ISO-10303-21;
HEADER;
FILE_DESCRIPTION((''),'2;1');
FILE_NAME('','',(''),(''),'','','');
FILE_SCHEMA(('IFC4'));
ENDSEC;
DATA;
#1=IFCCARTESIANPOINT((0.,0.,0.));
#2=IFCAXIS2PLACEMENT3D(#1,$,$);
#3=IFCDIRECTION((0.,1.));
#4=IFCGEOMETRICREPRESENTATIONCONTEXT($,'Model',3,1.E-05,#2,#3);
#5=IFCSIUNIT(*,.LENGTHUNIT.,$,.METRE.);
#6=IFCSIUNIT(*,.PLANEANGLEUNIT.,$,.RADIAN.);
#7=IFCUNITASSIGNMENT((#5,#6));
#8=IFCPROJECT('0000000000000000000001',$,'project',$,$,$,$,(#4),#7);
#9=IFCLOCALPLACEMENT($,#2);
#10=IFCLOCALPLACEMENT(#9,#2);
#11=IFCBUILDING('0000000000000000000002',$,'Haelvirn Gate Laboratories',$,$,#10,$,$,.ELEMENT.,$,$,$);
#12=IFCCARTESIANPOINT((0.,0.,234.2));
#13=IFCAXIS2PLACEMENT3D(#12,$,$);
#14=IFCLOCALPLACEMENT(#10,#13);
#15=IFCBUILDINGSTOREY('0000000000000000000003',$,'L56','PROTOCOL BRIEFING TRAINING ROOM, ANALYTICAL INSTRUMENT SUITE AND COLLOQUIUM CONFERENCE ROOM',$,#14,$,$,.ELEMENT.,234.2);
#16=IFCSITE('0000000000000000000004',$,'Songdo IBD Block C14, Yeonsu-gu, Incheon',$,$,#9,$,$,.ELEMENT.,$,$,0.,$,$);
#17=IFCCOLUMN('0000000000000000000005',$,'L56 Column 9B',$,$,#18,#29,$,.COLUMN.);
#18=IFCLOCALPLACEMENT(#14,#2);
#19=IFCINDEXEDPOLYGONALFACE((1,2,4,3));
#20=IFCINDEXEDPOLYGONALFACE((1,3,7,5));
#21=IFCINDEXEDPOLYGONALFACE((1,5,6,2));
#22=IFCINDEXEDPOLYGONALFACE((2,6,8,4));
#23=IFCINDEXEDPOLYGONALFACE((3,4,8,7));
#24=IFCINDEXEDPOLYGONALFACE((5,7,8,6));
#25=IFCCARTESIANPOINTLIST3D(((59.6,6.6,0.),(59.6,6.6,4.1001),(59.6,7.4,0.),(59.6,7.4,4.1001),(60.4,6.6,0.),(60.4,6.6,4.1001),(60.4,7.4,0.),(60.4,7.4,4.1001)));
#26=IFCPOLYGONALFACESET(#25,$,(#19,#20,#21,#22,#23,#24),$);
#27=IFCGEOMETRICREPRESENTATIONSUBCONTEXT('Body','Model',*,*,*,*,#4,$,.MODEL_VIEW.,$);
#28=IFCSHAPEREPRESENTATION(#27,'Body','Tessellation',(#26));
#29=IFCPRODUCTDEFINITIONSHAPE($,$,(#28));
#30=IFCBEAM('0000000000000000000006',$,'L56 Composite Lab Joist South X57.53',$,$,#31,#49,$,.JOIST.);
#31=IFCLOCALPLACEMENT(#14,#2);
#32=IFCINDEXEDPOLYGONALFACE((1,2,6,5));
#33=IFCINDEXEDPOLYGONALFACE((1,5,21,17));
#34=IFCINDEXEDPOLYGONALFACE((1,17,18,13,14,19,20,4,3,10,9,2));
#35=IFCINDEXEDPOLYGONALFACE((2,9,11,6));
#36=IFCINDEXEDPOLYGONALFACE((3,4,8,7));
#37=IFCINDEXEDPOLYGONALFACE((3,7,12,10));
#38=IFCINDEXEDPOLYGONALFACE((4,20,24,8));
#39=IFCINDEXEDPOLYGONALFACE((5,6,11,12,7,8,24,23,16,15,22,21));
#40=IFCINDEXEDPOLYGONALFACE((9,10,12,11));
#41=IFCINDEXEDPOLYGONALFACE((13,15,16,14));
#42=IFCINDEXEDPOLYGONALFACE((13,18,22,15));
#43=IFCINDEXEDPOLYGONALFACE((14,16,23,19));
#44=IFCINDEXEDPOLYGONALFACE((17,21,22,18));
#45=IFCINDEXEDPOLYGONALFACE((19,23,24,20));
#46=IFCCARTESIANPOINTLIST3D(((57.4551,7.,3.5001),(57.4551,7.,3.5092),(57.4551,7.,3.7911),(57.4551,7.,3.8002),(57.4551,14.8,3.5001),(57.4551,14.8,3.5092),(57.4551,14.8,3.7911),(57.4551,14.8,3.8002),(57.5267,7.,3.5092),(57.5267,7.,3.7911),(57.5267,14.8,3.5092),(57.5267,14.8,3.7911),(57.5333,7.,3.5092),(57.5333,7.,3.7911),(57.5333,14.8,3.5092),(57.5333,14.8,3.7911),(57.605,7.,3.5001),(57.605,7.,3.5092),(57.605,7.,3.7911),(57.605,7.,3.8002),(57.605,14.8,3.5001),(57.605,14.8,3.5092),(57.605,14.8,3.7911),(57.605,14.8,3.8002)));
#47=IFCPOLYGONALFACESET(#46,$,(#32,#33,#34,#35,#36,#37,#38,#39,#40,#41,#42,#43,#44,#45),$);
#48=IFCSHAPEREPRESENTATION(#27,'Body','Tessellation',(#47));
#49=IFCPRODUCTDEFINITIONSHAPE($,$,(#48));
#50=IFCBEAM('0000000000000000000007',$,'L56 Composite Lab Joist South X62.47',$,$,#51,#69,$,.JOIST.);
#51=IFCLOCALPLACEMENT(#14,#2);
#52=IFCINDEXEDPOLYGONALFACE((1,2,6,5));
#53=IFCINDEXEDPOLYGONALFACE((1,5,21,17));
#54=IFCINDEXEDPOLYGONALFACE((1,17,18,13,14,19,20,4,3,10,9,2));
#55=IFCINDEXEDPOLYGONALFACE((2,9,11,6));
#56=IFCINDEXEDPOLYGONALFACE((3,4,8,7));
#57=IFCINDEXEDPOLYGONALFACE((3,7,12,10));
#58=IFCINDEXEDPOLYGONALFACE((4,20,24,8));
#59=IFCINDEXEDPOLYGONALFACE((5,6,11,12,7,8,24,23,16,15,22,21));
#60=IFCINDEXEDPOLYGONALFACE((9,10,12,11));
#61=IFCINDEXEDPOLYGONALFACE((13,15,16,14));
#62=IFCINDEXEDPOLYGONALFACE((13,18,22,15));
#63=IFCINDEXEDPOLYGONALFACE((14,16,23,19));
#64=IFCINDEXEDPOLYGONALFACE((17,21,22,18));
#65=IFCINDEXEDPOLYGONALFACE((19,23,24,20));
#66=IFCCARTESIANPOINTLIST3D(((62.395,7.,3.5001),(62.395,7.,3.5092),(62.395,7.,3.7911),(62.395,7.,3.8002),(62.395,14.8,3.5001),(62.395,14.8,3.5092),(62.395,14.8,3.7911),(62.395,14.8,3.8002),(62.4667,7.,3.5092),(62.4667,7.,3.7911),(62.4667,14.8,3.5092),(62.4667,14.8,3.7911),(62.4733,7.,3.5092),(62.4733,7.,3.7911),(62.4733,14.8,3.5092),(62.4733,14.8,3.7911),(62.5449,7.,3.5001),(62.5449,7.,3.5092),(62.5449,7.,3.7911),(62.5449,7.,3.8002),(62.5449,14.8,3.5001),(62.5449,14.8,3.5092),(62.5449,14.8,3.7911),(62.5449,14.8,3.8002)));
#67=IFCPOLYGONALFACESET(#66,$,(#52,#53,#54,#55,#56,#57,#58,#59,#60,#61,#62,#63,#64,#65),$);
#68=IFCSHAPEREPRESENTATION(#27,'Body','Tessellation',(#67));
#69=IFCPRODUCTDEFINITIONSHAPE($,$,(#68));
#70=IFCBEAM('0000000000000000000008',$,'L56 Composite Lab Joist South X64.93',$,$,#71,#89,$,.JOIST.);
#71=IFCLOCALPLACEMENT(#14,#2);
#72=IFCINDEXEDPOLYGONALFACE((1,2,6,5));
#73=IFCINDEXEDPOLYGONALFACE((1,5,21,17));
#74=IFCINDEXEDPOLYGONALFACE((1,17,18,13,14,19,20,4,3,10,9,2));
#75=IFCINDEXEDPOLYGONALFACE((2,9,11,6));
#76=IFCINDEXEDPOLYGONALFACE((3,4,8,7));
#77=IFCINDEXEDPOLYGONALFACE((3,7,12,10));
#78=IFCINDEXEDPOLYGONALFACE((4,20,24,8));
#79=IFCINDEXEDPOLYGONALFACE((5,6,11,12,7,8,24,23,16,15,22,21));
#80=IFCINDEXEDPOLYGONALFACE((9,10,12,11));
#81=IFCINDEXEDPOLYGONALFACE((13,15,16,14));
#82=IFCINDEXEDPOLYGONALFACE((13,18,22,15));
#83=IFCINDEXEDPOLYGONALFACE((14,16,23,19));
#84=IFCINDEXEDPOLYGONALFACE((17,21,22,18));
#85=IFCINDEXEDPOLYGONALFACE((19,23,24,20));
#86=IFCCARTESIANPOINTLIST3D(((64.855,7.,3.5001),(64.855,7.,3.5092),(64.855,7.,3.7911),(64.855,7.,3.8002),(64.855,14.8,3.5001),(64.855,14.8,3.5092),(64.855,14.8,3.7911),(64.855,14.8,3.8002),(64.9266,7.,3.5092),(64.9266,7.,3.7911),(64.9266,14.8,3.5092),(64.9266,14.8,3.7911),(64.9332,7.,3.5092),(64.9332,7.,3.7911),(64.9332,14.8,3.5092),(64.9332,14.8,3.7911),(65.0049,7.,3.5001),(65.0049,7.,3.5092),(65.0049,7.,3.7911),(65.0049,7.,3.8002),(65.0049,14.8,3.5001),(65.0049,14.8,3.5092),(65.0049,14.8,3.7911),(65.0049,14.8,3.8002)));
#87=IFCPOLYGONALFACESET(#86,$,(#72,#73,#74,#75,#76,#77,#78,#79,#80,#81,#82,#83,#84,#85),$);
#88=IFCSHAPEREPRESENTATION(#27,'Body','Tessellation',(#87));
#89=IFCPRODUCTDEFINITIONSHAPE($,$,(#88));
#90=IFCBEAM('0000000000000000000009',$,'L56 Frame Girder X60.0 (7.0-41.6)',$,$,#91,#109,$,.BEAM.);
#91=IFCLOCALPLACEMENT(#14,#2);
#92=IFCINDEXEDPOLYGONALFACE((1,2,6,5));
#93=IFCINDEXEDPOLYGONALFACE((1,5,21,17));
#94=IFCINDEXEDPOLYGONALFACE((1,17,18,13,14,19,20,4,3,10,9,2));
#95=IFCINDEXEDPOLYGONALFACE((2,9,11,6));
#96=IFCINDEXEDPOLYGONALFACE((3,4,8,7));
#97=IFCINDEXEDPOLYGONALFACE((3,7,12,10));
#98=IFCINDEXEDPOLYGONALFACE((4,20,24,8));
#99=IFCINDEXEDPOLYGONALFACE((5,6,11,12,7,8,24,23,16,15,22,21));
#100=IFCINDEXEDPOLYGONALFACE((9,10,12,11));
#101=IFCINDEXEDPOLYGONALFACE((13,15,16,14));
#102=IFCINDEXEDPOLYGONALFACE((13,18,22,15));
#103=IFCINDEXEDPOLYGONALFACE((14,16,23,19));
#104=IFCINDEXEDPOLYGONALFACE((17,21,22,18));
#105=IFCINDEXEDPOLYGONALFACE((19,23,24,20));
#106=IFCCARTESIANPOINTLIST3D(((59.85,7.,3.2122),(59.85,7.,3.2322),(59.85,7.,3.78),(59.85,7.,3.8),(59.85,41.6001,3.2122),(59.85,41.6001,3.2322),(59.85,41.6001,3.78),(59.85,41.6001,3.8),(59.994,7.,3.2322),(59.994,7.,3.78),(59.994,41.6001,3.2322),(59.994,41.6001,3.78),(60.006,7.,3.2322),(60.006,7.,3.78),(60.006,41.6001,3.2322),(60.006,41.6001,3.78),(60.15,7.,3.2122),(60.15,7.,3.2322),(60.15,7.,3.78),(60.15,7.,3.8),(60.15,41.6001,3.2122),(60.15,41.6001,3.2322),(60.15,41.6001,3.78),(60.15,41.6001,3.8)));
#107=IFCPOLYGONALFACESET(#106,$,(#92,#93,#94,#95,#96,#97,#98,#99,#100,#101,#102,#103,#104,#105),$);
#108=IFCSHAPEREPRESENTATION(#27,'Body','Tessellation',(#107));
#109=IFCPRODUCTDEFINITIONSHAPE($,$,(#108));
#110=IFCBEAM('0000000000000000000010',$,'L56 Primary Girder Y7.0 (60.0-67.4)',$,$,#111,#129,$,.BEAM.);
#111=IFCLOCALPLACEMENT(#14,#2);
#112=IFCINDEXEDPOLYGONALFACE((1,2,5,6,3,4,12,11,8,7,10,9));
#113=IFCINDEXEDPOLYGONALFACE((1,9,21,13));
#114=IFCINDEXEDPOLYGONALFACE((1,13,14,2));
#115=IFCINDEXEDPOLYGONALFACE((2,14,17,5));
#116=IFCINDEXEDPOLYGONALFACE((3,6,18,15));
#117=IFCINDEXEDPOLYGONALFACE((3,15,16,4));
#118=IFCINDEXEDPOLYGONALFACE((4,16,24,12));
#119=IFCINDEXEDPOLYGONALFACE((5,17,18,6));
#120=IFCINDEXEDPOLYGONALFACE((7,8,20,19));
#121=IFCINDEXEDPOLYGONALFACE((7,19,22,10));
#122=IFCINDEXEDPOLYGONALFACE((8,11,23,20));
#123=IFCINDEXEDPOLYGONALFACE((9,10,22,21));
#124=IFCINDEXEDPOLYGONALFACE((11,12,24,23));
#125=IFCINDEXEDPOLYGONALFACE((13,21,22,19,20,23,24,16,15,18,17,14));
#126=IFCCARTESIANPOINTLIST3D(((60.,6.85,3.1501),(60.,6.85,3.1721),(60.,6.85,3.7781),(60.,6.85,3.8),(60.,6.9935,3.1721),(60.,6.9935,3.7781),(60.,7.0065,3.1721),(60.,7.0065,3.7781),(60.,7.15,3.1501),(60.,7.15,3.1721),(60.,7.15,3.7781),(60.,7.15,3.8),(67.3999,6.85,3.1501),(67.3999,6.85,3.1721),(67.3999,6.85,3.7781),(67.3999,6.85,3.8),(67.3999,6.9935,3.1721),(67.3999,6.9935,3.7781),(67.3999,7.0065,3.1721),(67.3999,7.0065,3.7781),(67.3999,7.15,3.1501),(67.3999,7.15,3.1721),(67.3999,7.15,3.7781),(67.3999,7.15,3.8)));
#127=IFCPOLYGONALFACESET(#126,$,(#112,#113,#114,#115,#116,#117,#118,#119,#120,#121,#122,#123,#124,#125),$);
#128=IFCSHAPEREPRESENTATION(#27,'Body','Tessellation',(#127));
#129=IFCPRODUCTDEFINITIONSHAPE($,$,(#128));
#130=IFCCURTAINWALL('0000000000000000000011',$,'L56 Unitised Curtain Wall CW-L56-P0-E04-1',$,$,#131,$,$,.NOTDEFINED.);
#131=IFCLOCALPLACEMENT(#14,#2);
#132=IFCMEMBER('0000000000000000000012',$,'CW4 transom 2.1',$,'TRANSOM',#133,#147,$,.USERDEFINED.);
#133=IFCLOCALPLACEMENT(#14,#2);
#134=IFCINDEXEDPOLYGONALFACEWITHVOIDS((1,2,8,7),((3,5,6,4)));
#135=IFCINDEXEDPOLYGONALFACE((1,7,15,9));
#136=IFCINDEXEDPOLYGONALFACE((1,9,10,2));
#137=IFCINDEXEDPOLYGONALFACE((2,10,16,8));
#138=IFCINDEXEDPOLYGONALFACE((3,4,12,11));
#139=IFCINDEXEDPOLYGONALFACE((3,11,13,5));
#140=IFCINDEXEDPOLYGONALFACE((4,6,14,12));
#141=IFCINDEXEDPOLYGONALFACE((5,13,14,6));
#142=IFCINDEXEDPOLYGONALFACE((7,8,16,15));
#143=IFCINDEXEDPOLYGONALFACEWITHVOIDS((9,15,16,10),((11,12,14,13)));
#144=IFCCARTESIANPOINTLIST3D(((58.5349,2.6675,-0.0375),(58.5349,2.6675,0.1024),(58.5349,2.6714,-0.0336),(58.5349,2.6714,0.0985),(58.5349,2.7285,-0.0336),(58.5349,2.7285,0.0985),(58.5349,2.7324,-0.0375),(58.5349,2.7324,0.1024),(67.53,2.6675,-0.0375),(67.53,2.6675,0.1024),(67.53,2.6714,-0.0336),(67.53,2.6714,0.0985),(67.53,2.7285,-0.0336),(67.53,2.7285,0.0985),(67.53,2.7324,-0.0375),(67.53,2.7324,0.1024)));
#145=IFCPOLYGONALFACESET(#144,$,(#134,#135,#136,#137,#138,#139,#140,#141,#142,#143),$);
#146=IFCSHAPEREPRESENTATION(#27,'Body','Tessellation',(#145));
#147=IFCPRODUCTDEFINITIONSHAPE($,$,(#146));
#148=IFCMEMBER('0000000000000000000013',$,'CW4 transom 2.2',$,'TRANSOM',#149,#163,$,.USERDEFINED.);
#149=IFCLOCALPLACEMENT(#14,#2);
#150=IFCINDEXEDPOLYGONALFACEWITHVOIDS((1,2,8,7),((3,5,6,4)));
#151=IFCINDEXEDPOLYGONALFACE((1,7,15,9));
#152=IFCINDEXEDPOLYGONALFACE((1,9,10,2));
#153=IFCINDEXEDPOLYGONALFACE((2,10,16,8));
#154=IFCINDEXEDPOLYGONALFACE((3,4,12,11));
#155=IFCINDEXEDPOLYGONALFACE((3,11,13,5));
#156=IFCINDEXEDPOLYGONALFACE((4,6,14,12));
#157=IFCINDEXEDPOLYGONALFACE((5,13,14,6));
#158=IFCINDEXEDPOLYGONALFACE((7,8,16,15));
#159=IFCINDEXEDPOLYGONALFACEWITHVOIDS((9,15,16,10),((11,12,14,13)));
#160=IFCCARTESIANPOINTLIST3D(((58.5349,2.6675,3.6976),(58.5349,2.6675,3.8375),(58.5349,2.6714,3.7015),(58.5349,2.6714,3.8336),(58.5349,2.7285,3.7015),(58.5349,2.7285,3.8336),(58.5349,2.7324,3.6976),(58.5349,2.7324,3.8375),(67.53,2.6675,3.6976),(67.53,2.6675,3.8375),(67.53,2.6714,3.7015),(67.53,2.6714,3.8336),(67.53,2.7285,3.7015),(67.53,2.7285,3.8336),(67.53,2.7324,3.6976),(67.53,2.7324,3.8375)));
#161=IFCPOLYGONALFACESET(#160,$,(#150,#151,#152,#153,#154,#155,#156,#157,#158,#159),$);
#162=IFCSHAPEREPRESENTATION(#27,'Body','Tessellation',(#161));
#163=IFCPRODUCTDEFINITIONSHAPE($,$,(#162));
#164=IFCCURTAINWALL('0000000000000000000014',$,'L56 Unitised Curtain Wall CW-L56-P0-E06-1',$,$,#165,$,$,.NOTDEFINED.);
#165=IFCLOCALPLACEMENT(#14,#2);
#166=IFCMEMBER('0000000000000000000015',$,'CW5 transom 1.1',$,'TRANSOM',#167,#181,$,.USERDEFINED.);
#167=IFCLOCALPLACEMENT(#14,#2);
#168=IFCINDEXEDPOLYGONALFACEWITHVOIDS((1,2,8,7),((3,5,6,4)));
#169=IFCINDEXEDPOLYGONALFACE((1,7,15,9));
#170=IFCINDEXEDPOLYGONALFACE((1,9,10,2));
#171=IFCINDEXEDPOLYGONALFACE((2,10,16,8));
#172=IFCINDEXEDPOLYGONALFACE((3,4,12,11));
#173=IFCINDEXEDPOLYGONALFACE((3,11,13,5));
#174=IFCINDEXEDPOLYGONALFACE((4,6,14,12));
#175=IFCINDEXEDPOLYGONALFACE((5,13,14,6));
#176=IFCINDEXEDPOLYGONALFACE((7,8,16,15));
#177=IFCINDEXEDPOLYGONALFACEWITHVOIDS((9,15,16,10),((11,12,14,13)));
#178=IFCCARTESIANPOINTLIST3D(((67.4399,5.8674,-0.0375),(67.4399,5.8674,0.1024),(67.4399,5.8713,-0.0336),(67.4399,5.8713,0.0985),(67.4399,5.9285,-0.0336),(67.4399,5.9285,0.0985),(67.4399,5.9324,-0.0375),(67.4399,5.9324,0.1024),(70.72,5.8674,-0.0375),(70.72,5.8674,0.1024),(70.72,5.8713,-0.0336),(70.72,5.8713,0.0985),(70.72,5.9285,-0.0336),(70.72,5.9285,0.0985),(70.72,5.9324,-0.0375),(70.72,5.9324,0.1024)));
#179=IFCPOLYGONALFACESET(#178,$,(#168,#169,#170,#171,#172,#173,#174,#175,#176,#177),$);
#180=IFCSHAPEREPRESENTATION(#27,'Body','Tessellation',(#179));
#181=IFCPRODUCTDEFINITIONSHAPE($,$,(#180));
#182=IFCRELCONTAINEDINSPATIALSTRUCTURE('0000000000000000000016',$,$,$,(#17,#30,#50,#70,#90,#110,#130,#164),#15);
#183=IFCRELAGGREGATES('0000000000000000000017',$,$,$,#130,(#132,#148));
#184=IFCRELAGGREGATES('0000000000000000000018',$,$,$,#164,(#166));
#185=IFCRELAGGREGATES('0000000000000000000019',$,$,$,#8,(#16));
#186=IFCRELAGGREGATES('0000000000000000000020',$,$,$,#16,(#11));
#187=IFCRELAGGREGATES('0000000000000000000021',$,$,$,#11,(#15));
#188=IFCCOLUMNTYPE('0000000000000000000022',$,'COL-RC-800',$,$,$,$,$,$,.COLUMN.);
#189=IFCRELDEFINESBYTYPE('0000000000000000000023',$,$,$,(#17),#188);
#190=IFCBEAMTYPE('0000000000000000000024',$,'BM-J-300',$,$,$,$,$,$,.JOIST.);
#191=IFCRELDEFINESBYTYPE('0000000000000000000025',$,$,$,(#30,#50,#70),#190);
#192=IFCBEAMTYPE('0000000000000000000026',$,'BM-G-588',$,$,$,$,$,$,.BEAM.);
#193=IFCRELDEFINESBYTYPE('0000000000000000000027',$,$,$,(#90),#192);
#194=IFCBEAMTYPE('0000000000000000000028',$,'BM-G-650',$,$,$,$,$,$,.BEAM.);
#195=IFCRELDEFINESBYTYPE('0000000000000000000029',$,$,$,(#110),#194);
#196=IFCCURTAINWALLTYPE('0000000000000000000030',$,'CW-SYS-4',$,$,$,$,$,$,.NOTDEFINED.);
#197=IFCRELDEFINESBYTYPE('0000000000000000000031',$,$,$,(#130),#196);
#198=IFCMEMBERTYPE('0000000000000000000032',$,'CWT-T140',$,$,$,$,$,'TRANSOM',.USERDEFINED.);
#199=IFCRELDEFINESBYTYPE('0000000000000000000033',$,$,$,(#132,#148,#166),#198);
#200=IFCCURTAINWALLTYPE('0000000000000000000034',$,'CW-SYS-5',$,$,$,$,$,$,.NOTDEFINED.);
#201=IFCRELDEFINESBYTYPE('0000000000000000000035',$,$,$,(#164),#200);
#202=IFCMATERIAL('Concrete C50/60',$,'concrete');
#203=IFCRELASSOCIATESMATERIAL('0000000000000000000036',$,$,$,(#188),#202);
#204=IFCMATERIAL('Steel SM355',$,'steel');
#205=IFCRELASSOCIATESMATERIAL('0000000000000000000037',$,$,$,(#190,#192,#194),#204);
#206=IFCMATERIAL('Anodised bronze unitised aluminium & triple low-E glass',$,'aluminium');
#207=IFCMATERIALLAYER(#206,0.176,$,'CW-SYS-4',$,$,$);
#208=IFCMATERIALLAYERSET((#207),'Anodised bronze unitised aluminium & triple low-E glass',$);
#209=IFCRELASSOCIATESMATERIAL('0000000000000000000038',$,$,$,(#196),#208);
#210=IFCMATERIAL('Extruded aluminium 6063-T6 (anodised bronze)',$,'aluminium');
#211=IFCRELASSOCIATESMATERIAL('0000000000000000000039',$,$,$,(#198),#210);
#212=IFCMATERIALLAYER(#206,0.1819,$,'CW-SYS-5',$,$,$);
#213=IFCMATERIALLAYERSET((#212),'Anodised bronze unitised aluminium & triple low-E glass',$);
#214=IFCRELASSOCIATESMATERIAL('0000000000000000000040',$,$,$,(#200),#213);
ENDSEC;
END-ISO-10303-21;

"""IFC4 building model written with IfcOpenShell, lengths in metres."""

from ifc_helpers import new_model, si_unit, direction, frame, origin, origin_2d, place, context, subcontext, project, spatial, rectangle, hollow_rectangle, i_section, extrude, source, transform, mapped, material, layer, layer_set, material_profile, profile_set, type_object, type_shapes, element, aggregate, save


model = new_model("IFC4")

# Units and contexts
model_context = context("Model", 3, precision=1e-05, world=origin(), true_north=direction((0.0, 1.0)))
body_context = subcontext(model_context, "Body", "Model", "MODEL_VIEW")
ifc_project = project(units=[si_unit("LENGTHUNIT", "METRE"), si_unit("PLANEANGLEUNIT", "RADIAN")], contexts=[model_context])

# Site, building, storey
site_placement = place(None, origin())
site = spatial("IfcSite", under=ifc_project, at=site_placement, Name="Songdo IBD Block C14, Yeonsu-gu, Incheon", CompositionType="ELEMENT", RefElevation=0.0)
building_placement = place(site_placement, origin())
building = spatial("IfcBuilding", under=site, at=building_placement, Name="Haelvirn Gate Laboratories", CompositionType="ELEMENT")
storey_placement = place(building_placement, frame((0.0, 0.0, 234.2)))
storey = spatial("IfcBuildingStorey", under=building, at=storey_placement, Name="L56", Description="PROTOCOL BRIEFING TRAINING ROOM, ANALYTICAL INSTRUMENT SUITE AND COLLOQUIUM CONFERENCE ROOM", CompositionType="ELEMENT", Elevation=234.2)

# Column
ifc_material_1 = material(Name="Concrete C50/60", Category="concrete")
ifc_material_profile_1 = material_profile(ifc_material_1, rectangle(XDim=0.8, YDim=0.8, at=origin_2d()), Name="RC-800x800")
ifc_profile_set_1 = profile_set([ifc_material_profile_1], Name="Concrete C50/60")
column_type = type_object("IfcColumnType", Name="COL-RC-800", PredefinedType="COLUMN", material=ifc_profile_set_1)
shared_shape_1 = source(origin(), body_context, "Body", "SweptSolid", [
    extrude(rectangle(XDim=0.8, YDim=0.8, at=origin_2d()), origin(), (0.0, 0.0, 1.0), 4.1001),
])
type_shapes(column_type, [shared_shape_1])
column_placement = place(storey_placement, frame((60.0, 7.0, 0.0), z_axis=(0.0, 0.0, 1.0), x_axis=(1.0, 0.0, 0.0)))
element("IfcColumn", 1, at=column_placement, inside=storey, type_object=column_type, Name="L56 Column 9B", PredefinedType="COLUMN", context=body_context, shape_type="MappedRepresentation", body=[
    mapped(shared_shape_1, transform((0.0, 0.0, 0.0), scale=1.0)),
])

# Beams
ifc_material_2 = material(Name="Steel SM355", Category="steel")
ifc_material_profile_2 = material_profile(ifc_material_2, i_section(OverallWidth=0.1499, OverallDepth=0.3, WebThickness=0.0066, FlangeThickness=0.009, at=origin_2d()), Name="H-300x150x6.5x9")
ifc_profile_set_2 = profile_set([ifc_material_profile_2], Name="Steel SM355")
beam_type_1 = type_object("IfcBeamType", Name="BM-J-300", PredefinedType="JOIST", material=ifc_profile_set_2)
shared_shape_2 = source(origin(), body_context, "Body", "SweptSolid", [
    extrude(i_section(OverallWidth=0.1499, OverallDepth=0.3, WebThickness=0.0066, FlangeThickness=0.009, at=origin_2d()), origin(), (0.0, 0.0, 1.0), 7.8),
])
type_shapes(beam_type_1, [shared_shape_2])
for number, where, z_axis, x_axis, name in (
    (2, (57.53, 7.0, 3.6501), (0.0, 1.0, 0.0), (-1.0, 0.0, 0.0), "L56 Composite Lab Joist South X57.53"),
    (3, (62.47, 7.0, 3.6501), (0.0, 1.0, 0.0), (-1.0, 0.0, 0.0), "L56 Composite Lab Joist South X62.47"),
    (4, (64.9299, 7.0, 3.6501), (0.0, 1.0, 0.0), (-1.0, 0.0, 0.0), "L56 Composite Lab Joist South X64.93"),
):
    element("IfcBeam", number, at=place(storey_placement, frame(where, z_axis=z_axis, x_axis=x_axis)), inside=storey, type_object=beam_type_1, Name=name, PredefinedType="JOIST", context=body_context, shape_type="MappedRepresentation", body=[
        mapped(shared_shape_2, transform((0.0, 0.0, 0.0), scale=1.0)),
    ])
ifc_material_profile_3 = material_profile(ifc_material_2, i_section(OverallWidth=0.3, OverallDepth=0.5879, WebThickness=0.012, FlangeThickness=0.02, at=origin_2d()), Name="H-588x300x12x20")
ifc_profile_set_3 = profile_set([ifc_material_profile_3], Name="Steel SM355")
beam_type_2 = type_object("IfcBeamType", Name="BM-G-588", PredefinedType="BEAM", material=ifc_profile_set_3)
shared_shape_3 = source(origin(), body_context, "Body", "SweptSolid", [
    extrude(i_section(OverallWidth=0.3, OverallDepth=0.5879, WebThickness=0.012, FlangeThickness=0.02, at=origin_2d()), origin(), (0.0, 0.0, 1.0), 34.6001),
])
type_shapes(beam_type_2, [shared_shape_3])
beam_1_placement = place(storey_placement, frame((60.0, 7.0, 3.5061), z_axis=(0.0, 1.0, 0.0), x_axis=(-1.0, 0.0, 0.0)))
element("IfcBeam", 5, at=beam_1_placement, inside=storey, type_object=beam_type_2, Name="L56 Frame Girder X60.0 (7.0-41.6)", PredefinedType="BEAM", context=body_context, shape_type="MappedRepresentation", body=[
    mapped(shared_shape_3, transform((0.0, 0.0, 0.0), scale=1.0)),
])
ifc_material_profile_4 = material_profile(ifc_material_2, i_section(OverallWidth=0.3, OverallDepth=0.6499, WebThickness=0.0129, FlangeThickness=0.022, at=origin_2d()), Name="H-650x300x13x22")
ifc_profile_set_4 = profile_set([ifc_material_profile_4], Name="Steel SM355")
beam_type_3 = type_object("IfcBeamType", Name="BM-G-650", PredefinedType="BEAM", material=ifc_profile_set_4)
shared_shape_4 = source(origin(), body_context, "Body", "SweptSolid", [
    extrude(i_section(OverallWidth=0.3, OverallDepth=0.6499, WebThickness=0.0129, FlangeThickness=0.022, at=origin_2d()), origin(), (0.0, 0.0, 1.0), 7.3999),
])
type_shapes(beam_type_3, [shared_shape_4])
beam_2_placement = place(storey_placement, frame((60.0, 7.0, 3.4751), z_axis=(1.0, 0.0, 0.0), x_axis=(0.0, 1.0, 0.0)))
element("IfcBeam", 6, at=beam_2_placement, inside=storey, type_object=beam_type_3, Name="L56 Primary Girder Y7.0 (60.0-67.4)", PredefinedType="BEAM", context=body_context, shape_type="MappedRepresentation", body=[
    mapped(shared_shape_4, transform((0.0, 0.0, 0.0), scale=1.0)),
])

# Curtain walls, members
ifc_material_3 = material(Name="Anodised bronze unitised aluminium & triple low-E glass", Category="aluminium")
ifc_layer_1 = layer(ifc_material_3, 0.176, Name="CW-SYS-4")
ifc_layer_set_1 = layer_set([ifc_layer_1], Name="Anodised bronze unitised aluminium & triple low-E glass")
curtain_wall_type_1 = type_object("IfcCurtainWallType", Name="CW-SYS-4", PredefinedType="NOTDEFINED", material=ifc_layer_set_1)
curtain_wall_1_placement = place(storey_placement, origin())
curtain_wall_1 = element("IfcCurtainWall", 7, at=curtain_wall_1_placement, inside=storey, type_object=curtain_wall_type_1, Name="L56 Unitised Curtain Wall CW-L56-P0-E04-1", PredefinedType="NOTDEFINED")
ifc_material_4 = material(Name="Extruded aluminium 6063-T6 (anodised bronze)", Category="aluminium")
ifc_material_profile_5 = material_profile(ifc_material_4, hollow_rectangle(XDim=0.0649, YDim=0.1399, WallThickness=0.0039, at=origin_2d()), Name="CWT-140x65x4")
ifc_profile_set_5 = profile_set([ifc_material_profile_5], Name="Extruded aluminium 6063-T6 (anodised bronze)")
member_type_1 = type_object("IfcMemberType", Name="CWT-T140", ElementType="TRANSOM", PredefinedType="USERDEFINED", material=ifc_profile_set_5)
shared_shape_5 = source(origin(), body_context, "Body", "SweptSolid", [
    extrude(hollow_rectangle(XDim=0.0649, YDim=0.1399, WallThickness=0.0039, at=origin_2d()), origin(), (0.0, 0.0, 1.0), 8.9951),
])
member_1_placement = place(storey_placement, frame((58.5349, 2.7, 0.0325), z_axis=(1.0, 0.0, 0.0), x_axis=(0.0, 1.0, 0.0)))
member_1 = element("IfcMember", 8, at=member_1_placement, type_object=member_type_1, Name="CW4 transom 2.1", ObjectType="TRANSOM", PredefinedType="USERDEFINED", context=body_context, shape_type="MappedRepresentation", body=[
    mapped(shared_shape_5, transform((0.0, 0.0, 0.0), scale=1.0)),
])
member_2_placement = place(storey_placement, frame((58.5349, 2.7, 3.7676), z_axis=(1.0, 0.0, 0.0), x_axis=(0.0, 1.0, 0.0)))
member_2 = element("IfcMember", 9, at=member_2_placement, type_object=member_type_1, Name="CW4 transom 2.2", ObjectType="TRANSOM", PredefinedType="USERDEFINED", context=body_context, shape_type="MappedRepresentation", body=[
    mapped(shared_shape_5, transform((0.0, 0.0, 0.0), scale=1.0)),
])
ifc_layer_2 = layer(ifc_material_3, 0.1819, Name="CW-SYS-5")
ifc_layer_set_2 = layer_set([ifc_layer_2], Name="Anodised bronze unitised aluminium & triple low-E glass")
curtain_wall_type_2 = type_object("IfcCurtainWallType", Name="CW-SYS-5", PredefinedType="NOTDEFINED", material=ifc_layer_set_2)
curtain_wall_2_placement = place(storey_placement, origin())
curtain_wall_2 = element("IfcCurtainWall", 10, at=curtain_wall_2_placement, inside=storey, type_object=curtain_wall_type_2, Name="L56 Unitised Curtain Wall CW-L56-P0-E06-1", PredefinedType="NOTDEFINED")
shared_shape_6 = source(origin(), body_context, "Body", "SweptSolid", [
    extrude(hollow_rectangle(XDim=0.0649, YDim=0.1399, WallThickness=0.0039, at=origin_2d()), origin(), (0.0, 0.0, 1.0), 3.28),
])
member_3_placement = place(storey_placement, frame((67.4399, 5.8999, 0.0325), z_axis=(1.0, 0.0, 0.0), x_axis=(0.0, 1.0, 0.0)))
member_3 = element("IfcMember", 11, at=member_3_placement, type_object=member_type_1, Name="CW5 transom 1.1", ObjectType="TRANSOM", PredefinedType="USERDEFINED", context=body_context, shape_type="MappedRepresentation", body=[
    mapped(shared_shape_6, transform((0.0, 0.0, 0.0), scale=1.0)),
])

aggregate(curtain_wall_1, [member_1, member_2])
aggregate(curtain_wall_2, [member_3])

save(model, "model.ifc")
